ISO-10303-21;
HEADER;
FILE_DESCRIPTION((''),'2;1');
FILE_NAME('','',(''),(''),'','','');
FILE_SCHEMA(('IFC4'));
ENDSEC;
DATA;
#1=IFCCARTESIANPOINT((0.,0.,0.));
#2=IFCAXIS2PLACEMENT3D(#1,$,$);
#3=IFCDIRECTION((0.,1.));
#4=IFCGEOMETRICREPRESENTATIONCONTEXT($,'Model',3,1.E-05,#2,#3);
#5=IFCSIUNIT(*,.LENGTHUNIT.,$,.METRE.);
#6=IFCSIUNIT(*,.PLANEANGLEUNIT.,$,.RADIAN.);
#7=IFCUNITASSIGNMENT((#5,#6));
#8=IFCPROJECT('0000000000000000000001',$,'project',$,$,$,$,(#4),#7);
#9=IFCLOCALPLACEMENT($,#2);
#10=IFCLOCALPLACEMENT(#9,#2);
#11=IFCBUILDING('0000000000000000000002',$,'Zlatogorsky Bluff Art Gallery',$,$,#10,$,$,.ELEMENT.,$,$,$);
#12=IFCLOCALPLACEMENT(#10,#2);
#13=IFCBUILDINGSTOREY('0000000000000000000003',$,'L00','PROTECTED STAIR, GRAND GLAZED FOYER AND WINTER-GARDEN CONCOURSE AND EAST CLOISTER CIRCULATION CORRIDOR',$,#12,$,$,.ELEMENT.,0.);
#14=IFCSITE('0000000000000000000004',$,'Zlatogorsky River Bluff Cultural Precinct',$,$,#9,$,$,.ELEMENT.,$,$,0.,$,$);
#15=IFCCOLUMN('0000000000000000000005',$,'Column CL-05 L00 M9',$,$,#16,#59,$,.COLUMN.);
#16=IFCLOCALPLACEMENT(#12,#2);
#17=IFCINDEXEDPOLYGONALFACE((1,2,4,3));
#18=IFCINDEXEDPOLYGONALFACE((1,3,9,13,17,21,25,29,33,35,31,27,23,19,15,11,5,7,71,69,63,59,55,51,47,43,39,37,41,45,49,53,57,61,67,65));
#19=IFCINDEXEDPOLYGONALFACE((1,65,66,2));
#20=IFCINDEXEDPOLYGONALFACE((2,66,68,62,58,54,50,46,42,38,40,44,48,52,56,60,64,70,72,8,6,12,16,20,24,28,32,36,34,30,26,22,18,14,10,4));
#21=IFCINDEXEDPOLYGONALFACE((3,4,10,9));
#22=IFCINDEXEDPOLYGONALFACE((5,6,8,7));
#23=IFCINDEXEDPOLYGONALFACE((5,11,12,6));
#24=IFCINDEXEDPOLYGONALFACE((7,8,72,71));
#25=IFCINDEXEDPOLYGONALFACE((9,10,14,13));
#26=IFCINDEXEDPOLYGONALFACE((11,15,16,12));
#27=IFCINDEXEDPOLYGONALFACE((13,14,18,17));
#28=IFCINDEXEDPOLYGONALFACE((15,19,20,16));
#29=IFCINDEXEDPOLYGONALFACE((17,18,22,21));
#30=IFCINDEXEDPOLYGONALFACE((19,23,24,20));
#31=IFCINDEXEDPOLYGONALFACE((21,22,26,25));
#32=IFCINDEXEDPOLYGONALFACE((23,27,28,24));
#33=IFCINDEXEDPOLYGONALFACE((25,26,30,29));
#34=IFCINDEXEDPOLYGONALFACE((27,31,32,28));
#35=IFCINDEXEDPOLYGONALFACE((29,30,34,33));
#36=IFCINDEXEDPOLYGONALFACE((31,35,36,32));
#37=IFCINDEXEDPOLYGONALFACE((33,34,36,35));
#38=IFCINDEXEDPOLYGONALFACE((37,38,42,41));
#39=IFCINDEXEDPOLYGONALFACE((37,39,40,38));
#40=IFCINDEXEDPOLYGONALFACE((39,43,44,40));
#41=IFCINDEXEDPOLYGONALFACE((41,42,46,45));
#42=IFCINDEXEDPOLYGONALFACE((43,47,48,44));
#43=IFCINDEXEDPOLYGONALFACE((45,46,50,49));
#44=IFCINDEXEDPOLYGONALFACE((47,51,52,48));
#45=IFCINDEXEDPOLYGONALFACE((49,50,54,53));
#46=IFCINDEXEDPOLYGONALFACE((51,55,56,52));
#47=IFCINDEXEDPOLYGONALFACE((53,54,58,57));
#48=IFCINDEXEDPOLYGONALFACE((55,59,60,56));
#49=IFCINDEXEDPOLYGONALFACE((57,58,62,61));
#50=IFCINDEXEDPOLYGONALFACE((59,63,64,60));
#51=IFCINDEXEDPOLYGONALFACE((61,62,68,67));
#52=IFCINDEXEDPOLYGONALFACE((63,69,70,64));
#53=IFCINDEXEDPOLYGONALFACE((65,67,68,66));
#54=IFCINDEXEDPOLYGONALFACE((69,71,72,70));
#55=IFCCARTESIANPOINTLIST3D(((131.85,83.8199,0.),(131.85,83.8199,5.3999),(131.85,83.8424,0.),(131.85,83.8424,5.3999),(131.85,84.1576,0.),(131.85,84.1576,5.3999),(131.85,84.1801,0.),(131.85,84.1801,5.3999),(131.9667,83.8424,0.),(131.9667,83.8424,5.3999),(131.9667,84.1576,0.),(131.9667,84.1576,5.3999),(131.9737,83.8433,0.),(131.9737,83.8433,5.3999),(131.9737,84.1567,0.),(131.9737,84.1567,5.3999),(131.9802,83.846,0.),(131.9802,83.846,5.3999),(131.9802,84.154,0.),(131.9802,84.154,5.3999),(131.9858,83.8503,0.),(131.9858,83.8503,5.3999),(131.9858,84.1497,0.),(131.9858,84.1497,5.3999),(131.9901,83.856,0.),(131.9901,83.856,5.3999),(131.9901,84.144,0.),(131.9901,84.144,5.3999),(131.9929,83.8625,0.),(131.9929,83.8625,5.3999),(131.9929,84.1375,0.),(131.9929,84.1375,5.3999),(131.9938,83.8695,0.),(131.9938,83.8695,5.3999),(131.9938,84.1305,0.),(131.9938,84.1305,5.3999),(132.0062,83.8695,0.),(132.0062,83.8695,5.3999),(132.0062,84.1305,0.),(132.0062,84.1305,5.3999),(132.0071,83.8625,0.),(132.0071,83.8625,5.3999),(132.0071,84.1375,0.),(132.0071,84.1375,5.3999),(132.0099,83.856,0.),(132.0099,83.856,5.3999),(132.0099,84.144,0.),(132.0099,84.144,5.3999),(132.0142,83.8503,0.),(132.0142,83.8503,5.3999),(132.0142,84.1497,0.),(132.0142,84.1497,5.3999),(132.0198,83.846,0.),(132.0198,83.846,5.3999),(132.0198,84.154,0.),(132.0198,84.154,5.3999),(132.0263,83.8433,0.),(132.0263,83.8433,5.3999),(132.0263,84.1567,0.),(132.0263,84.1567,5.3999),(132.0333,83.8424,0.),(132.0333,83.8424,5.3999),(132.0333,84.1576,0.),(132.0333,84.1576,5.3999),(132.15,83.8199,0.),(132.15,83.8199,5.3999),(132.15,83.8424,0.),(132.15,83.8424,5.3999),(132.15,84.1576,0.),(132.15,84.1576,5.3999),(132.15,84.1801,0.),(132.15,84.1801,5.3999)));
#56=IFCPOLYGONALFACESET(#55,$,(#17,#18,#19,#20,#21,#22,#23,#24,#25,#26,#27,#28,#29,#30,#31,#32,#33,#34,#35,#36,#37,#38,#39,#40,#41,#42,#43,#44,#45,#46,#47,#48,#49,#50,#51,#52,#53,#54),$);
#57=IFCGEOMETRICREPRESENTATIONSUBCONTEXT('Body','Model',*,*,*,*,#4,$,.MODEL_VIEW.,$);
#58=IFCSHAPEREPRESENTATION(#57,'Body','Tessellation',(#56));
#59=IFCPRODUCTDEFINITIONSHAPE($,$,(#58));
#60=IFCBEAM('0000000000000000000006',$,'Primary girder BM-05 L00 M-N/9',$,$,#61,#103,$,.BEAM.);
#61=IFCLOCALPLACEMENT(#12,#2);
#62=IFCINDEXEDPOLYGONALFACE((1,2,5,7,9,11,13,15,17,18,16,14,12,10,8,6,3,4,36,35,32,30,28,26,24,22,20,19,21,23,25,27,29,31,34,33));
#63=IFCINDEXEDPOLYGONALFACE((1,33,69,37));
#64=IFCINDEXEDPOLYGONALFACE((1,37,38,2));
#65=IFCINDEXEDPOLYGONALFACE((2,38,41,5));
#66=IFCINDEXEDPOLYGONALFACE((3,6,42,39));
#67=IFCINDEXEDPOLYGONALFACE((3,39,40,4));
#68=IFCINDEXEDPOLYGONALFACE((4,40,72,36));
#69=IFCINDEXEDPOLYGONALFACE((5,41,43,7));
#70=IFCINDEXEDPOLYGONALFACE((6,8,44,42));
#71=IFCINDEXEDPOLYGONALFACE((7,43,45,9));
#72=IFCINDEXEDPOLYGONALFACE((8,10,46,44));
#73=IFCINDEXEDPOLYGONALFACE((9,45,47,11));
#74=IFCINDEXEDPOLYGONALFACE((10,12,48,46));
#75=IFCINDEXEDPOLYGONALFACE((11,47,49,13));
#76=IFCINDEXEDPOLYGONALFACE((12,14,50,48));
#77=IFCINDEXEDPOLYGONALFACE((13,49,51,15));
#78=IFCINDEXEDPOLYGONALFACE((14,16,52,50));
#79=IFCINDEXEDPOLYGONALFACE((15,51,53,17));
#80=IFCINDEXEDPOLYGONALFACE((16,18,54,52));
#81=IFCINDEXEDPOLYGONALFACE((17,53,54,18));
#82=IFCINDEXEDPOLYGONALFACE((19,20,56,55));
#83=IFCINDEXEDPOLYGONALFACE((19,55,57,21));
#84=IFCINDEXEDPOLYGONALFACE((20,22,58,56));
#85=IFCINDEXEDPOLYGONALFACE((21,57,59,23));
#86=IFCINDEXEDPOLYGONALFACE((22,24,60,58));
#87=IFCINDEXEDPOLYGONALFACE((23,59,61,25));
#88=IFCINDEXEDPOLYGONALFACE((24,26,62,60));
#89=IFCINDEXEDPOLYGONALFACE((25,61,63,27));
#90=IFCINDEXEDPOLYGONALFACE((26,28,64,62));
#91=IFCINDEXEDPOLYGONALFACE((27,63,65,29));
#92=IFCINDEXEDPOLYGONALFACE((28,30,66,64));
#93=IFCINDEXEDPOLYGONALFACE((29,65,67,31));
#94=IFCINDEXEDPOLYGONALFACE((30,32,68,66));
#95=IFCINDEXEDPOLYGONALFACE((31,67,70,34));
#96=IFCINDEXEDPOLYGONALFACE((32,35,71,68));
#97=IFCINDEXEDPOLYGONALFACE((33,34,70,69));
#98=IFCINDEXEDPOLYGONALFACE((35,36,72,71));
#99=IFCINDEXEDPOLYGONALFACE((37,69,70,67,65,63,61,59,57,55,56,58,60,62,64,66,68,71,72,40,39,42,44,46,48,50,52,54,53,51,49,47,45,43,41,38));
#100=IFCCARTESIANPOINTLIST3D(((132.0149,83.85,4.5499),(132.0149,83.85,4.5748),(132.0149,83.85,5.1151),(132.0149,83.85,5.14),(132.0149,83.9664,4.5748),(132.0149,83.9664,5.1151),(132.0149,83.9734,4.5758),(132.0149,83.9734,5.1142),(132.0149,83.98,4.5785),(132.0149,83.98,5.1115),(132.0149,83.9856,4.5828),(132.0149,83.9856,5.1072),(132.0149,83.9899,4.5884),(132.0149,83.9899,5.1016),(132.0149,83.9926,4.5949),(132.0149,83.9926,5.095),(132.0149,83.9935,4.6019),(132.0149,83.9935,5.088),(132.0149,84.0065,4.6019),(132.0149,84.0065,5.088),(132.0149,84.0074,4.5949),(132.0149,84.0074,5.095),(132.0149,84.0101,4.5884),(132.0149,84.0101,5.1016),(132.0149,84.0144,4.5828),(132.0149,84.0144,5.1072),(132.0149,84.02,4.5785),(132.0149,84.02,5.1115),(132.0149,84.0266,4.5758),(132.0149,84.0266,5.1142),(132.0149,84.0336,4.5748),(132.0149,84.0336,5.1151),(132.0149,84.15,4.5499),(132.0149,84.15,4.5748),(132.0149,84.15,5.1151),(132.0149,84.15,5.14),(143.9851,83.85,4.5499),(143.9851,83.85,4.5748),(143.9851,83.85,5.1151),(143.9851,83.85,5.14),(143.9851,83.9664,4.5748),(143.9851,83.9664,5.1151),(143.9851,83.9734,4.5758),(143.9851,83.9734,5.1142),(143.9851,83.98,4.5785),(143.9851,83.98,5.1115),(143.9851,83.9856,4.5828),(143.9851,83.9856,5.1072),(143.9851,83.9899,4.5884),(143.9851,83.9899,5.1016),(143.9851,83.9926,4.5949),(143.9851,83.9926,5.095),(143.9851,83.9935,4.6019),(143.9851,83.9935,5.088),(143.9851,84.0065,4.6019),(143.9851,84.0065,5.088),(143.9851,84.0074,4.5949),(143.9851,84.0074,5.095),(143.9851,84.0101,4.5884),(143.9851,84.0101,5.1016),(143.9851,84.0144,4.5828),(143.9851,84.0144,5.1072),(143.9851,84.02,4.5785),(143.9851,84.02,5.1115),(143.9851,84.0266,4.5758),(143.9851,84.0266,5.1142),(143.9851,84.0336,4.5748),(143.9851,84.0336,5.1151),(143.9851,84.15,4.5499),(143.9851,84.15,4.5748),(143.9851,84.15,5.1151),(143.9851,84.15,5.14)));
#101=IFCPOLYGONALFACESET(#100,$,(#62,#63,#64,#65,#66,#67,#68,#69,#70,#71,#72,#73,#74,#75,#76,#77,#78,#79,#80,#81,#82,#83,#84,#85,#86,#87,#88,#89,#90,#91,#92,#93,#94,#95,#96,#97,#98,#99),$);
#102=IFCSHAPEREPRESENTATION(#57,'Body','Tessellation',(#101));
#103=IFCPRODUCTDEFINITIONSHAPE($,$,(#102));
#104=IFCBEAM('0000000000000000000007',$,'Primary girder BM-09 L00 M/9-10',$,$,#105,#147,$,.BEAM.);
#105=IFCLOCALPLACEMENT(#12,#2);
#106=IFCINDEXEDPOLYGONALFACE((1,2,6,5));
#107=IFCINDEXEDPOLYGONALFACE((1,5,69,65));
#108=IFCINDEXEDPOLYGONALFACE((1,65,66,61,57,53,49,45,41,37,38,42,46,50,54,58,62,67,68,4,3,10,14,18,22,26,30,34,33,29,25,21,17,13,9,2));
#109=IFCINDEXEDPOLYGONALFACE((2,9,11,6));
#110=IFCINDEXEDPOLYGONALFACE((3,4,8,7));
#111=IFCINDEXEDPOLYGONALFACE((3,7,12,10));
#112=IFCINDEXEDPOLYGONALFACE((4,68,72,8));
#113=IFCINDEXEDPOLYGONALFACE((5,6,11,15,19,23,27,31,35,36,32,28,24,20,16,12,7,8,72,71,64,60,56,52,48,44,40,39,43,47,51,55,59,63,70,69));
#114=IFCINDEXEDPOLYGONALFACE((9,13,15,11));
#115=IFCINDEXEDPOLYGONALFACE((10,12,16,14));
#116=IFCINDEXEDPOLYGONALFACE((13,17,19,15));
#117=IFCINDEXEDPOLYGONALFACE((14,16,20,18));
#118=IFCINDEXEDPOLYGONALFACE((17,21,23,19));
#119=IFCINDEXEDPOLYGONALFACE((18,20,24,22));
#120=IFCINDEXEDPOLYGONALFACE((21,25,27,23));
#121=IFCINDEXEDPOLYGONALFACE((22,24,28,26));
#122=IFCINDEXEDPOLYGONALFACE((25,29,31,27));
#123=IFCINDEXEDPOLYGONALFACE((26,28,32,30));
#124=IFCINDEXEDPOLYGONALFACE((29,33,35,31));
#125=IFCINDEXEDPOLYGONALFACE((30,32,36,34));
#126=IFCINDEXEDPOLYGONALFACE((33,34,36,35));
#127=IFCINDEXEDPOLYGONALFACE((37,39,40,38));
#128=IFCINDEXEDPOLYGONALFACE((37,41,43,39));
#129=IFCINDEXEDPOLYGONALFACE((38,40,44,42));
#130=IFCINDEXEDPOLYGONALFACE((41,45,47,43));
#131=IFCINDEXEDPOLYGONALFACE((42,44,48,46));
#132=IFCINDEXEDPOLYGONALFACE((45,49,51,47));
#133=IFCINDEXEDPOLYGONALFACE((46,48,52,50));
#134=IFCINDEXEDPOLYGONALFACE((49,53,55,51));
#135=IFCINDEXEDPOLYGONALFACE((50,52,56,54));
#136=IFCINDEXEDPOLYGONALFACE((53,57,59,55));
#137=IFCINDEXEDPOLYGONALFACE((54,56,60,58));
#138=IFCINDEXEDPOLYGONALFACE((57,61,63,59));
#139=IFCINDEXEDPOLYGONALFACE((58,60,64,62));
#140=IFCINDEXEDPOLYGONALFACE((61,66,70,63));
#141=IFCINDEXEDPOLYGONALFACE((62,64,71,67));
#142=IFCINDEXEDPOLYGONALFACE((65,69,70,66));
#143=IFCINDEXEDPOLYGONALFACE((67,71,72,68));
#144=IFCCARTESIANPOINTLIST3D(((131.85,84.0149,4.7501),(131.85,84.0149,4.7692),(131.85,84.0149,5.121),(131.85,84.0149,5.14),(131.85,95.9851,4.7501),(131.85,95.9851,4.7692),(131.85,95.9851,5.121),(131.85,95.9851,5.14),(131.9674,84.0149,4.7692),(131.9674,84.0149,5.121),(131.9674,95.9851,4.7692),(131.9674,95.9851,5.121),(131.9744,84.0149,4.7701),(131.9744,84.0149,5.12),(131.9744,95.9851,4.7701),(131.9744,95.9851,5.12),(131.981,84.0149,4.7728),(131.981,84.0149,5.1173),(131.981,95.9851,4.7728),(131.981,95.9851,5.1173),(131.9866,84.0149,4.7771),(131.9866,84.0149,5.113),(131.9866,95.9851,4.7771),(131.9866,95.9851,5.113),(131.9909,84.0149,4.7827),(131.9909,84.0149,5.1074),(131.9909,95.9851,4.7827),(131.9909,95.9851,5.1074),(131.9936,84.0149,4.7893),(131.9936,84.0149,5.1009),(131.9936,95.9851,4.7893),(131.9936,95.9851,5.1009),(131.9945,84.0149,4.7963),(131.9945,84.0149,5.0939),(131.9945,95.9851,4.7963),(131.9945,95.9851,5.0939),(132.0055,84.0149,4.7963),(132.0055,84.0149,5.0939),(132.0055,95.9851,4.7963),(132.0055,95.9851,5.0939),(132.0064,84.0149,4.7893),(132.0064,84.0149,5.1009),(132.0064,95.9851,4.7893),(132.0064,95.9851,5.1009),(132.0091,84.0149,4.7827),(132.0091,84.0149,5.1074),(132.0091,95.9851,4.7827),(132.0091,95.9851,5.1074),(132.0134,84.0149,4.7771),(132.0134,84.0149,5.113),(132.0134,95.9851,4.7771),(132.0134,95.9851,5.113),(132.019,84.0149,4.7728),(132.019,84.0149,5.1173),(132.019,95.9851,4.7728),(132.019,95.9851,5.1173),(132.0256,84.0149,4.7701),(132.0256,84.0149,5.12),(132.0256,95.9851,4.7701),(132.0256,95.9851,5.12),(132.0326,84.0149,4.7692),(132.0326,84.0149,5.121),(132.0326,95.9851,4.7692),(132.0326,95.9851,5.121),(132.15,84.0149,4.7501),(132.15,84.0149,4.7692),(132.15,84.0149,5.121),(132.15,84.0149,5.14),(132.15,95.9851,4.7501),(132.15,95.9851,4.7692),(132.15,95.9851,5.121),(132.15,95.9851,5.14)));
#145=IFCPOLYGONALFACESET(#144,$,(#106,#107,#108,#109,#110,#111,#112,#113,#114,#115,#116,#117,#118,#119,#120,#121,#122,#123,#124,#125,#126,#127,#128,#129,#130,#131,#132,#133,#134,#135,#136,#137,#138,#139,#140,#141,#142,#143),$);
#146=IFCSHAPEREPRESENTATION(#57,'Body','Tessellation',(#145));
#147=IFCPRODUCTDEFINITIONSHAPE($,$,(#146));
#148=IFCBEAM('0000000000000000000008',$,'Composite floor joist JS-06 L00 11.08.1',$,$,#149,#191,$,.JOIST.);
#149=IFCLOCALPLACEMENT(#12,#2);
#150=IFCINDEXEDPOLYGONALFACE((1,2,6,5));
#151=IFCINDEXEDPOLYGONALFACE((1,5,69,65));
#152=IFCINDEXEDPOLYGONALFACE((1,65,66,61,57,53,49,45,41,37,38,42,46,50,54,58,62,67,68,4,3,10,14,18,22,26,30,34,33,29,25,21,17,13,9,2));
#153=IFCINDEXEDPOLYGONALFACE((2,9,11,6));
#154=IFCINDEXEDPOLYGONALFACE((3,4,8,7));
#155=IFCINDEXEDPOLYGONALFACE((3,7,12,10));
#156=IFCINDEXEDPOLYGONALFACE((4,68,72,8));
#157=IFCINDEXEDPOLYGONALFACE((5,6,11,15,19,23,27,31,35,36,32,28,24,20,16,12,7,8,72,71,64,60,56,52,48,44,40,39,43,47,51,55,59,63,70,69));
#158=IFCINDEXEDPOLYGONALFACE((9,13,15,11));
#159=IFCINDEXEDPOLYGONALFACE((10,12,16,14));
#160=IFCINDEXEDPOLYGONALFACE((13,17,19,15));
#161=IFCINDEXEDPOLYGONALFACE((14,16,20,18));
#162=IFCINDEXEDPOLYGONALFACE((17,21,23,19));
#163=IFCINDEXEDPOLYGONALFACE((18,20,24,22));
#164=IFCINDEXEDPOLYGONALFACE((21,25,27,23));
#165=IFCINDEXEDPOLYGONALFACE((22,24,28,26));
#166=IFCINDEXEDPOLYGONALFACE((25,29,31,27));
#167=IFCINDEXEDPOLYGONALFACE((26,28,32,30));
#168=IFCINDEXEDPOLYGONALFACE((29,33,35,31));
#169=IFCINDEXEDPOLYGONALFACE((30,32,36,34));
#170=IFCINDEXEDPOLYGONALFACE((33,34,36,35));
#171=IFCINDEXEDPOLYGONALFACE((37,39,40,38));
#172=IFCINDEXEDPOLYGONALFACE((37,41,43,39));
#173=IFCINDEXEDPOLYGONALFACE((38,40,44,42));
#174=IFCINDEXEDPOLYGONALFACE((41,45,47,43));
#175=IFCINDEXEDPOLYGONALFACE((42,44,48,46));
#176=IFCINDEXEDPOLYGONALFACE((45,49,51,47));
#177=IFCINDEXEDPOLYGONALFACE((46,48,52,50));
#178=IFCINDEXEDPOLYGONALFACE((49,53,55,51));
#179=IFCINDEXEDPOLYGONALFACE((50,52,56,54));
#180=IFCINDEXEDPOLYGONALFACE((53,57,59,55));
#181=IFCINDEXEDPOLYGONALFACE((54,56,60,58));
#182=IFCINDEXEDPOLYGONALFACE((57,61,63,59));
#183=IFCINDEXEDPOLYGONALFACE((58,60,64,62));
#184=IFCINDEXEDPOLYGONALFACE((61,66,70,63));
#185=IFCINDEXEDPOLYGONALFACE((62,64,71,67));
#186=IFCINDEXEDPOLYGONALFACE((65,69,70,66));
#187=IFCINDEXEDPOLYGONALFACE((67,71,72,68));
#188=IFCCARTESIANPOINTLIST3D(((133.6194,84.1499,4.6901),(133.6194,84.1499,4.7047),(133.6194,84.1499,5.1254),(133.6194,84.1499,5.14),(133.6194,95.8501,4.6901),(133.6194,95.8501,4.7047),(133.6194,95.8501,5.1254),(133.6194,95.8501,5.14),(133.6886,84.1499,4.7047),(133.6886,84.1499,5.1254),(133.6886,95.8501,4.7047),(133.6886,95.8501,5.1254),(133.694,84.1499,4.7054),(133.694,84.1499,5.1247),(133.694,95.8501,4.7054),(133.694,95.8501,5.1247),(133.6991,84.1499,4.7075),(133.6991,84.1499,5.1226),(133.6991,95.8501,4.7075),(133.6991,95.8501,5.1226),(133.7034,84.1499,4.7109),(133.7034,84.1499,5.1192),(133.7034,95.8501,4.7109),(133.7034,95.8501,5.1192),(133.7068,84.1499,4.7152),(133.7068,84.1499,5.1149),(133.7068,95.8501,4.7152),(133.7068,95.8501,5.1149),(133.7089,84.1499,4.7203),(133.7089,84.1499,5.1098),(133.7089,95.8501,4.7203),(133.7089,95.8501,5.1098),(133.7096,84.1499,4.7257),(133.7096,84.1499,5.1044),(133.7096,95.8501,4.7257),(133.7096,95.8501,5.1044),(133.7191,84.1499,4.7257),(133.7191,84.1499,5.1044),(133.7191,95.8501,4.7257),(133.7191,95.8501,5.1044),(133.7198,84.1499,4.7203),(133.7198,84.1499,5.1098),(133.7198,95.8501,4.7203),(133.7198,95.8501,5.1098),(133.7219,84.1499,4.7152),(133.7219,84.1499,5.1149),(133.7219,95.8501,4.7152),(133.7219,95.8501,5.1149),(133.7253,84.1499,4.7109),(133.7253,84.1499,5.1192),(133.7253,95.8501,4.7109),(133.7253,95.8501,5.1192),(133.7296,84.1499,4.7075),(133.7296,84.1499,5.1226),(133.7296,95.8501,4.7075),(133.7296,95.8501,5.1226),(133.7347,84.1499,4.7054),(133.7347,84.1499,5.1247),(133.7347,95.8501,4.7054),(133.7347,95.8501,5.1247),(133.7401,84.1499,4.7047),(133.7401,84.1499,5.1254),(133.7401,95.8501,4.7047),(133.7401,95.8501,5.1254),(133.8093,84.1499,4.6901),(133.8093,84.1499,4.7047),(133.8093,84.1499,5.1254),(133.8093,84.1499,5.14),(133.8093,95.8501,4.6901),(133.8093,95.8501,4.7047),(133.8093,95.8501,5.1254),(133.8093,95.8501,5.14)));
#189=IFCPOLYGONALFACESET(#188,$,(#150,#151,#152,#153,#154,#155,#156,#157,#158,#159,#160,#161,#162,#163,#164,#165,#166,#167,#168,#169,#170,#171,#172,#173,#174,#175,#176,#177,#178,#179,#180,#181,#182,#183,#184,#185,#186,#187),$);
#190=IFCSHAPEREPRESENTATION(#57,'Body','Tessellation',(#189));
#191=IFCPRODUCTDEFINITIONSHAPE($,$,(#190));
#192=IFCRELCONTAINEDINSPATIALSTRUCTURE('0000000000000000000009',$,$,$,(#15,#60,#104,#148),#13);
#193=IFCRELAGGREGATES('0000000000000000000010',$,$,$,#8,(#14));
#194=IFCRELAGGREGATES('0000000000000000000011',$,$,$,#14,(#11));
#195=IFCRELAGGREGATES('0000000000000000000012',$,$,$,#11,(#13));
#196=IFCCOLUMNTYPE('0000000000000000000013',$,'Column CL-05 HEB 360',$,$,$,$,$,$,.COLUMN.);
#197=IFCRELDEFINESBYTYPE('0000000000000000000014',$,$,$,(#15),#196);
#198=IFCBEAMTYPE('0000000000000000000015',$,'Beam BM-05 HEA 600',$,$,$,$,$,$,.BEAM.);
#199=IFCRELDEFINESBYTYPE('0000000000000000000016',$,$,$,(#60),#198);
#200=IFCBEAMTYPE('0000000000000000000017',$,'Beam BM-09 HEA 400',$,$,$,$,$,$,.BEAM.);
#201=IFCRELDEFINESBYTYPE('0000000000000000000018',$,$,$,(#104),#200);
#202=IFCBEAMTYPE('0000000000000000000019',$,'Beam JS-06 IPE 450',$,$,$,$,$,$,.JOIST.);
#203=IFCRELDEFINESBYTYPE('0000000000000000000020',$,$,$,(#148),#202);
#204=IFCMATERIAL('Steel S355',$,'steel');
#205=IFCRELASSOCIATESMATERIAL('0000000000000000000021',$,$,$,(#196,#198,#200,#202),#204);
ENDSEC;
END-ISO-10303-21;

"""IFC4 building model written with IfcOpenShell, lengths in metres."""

from ifc_helpers import new_model, si_unit, direction, frame, origin, origin_2d, place, context, subcontext, project, spatial, i_section, extrude, material, material_profile, profile_set, type_object, element, save


model = new_model("IFC4")

# Units and contexts
model_context = context("Model", 3, precision=1e-05, world=origin(), true_north=direction((0.0, 1.0)))
body_context = subcontext(model_context, "Body", "Model", "MODEL_VIEW")
ifc_project = project(units=[si_unit("LENGTHUNIT", "METRE"), si_unit("PLANEANGLEUNIT", "RADIAN")], contexts=[model_context])

# Site, building, storey
site_placement = place(None, origin())
site = spatial("IfcSite", under=ifc_project, at=site_placement, Name="Zlatogorsky River Bluff Cultural Precinct", CompositionType="ELEMENT", RefElevation=0.0)
building_placement = place(site_placement, origin())
building = spatial("IfcBuilding", under=site, at=building_placement, Name="Zlatogorsky Bluff Art Gallery", CompositionType="ELEMENT")
storey_placement = place(building_placement, origin())
storey = spatial("IfcBuildingStorey", under=building, at=storey_placement, Name="L00", Description="PROTECTED STAIR, GRAND GLAZED FOYER AND WINTER-GARDEN CONCOURSE AND EAST CLOISTER CIRCULATION CORRIDOR", CompositionType="ELEMENT", Elevation=0.0)

# Column
ifc_material_1 = material(Name="Steel S355", Category="steel")
ifc_material_profile_1 = material_profile(ifc_material_1, i_section(OverallWidth=0.3, OverallDepth=0.3601, WebThickness=0.0125, FlangeThickness=0.0225, FilletRadius=0.0271, at=origin_2d()), Name="HEB 360")
ifc_profile_set_1 = profile_set([ifc_material_profile_1], Name="Steel S355")
column_type = type_object("IfcColumnType", Name="Column CL-05 HEB 360", PredefinedType="COLUMN", material=ifc_profile_set_1)
column_placement = place(storey_placement, frame((132.0, 84.0, 0.0), z_axis=(0.0, 0.0, 1.0), x_axis=(1.0, 0.0, 0.0)))
element("IfcColumn", 1, at=column_placement, inside=storey, type_object=column_type, Name="Column CL-05 L00 M9", PredefinedType="COLUMN", context=body_context, shape_type="SweptSolid", body=[
    extrude(i_section(OverallWidth=0.3, OverallDepth=0.3601, WebThickness=0.0125, FlangeThickness=0.0225, FilletRadius=0.0271, at=origin_2d()), origin(), (0.0, 0.0, 1.0), 5.3999),
])

# Beams
ifc_material_profile_2 = material_profile(ifc_material_1, i_section(OverallWidth=0.3, OverallDepth=0.5901, WebThickness=0.0129, FlangeThickness=0.0249, FilletRadius=0.0271, at=origin_2d()), Name="HEA 600")
ifc_profile_set_2 = profile_set([ifc_material_profile_2], Name="Steel S355")
beam_type_1 = type_object("IfcBeamType", Name="Beam BM-05 HEA 600", PredefinedType="BEAM", material=ifc_profile_set_2)
beam_1_placement = place(storey_placement, frame((132.0149, 84.0, 4.845), z_axis=(1.0, 0.0, 0.0), x_axis=(0.0, 1.0, 0.0)))
element("IfcBeam", 2, at=beam_1_placement, inside=storey, type_object=beam_type_1, Name="Primary girder BM-05 L00 M-N/9", PredefinedType="BEAM", context=body_context, shape_type="SweptSolid", body=[
    extrude(i_section(OverallWidth=0.3, OverallDepth=0.5901, WebThickness=0.0129, FlangeThickness=0.0249, FilletRadius=0.0271, at=origin_2d()), origin(), (0.0, 0.0, 1.0), 11.9702),
])
ifc_material_profile_3 = material_profile(ifc_material_1, i_section(OverallWidth=0.3, OverallDepth=0.3899, WebThickness=0.011, FlangeThickness=0.019, FilletRadius=0.0271, at=origin_2d()), Name="HEA 400")
ifc_profile_set_3 = profile_set([ifc_material_profile_3], Name="Steel S355")
beam_type_2 = type_object("IfcBeamType", Name="Beam BM-09 HEA 400", PredefinedType="BEAM", material=ifc_profile_set_3)
beam_2_placement = place(storey_placement, frame((132.0, 84.0149, 4.9451), z_axis=(0.0, 1.0, 0.0), x_axis=(-1.0, 0.0, 0.0)))
element("IfcBeam", 3, at=beam_2_placement, inside=storey, type_object=beam_type_2, Name="Primary girder BM-09 L00 M/9-10", PredefinedType="BEAM", context=body_context, shape_type="SweptSolid", body=[
    extrude(i_section(OverallWidth=0.3, OverallDepth=0.3899, WebThickness=0.011, FlangeThickness=0.019, FilletRadius=0.0271, at=origin_2d()), origin(), (0.0, 0.0, 1.0), 11.9702),
])
ifc_material_profile_4 = material_profile(ifc_material_1, i_section(OverallWidth=0.1899, OverallDepth=0.45, WebThickness=0.0095, FlangeThickness=0.0146, FilletRadius=0.021, at=origin_2d()), Name="IPE 450")
ifc_profile_set_4 = profile_set([ifc_material_profile_4], Name="Steel S355")
beam_type_3 = type_object("IfcBeamType", Name="Beam JS-06 IPE 450", PredefinedType="JOIST", material=ifc_profile_set_4)
beam_3_placement = place(storey_placement, frame((133.7144, 84.1499, 4.915), z_axis=(0.0, 1.0, 0.0), x_axis=(-1.0, 0.0, 0.0)))
element("IfcBeam", 4, at=beam_3_placement, inside=storey, type_object=beam_type_3, Name="Composite floor joist JS-06 L00 11.08.1", PredefinedType="JOIST", context=body_context, shape_type="SweptSolid", body=[
    extrude(i_section(OverallWidth=0.1899, OverallDepth=0.45, WebThickness=0.0095, FlangeThickness=0.0146, FilletRadius=0.021, at=origin_2d()), origin(), (0.0, 0.0, 1.0), 11.7002),
])

save(model, "model.ifc")
